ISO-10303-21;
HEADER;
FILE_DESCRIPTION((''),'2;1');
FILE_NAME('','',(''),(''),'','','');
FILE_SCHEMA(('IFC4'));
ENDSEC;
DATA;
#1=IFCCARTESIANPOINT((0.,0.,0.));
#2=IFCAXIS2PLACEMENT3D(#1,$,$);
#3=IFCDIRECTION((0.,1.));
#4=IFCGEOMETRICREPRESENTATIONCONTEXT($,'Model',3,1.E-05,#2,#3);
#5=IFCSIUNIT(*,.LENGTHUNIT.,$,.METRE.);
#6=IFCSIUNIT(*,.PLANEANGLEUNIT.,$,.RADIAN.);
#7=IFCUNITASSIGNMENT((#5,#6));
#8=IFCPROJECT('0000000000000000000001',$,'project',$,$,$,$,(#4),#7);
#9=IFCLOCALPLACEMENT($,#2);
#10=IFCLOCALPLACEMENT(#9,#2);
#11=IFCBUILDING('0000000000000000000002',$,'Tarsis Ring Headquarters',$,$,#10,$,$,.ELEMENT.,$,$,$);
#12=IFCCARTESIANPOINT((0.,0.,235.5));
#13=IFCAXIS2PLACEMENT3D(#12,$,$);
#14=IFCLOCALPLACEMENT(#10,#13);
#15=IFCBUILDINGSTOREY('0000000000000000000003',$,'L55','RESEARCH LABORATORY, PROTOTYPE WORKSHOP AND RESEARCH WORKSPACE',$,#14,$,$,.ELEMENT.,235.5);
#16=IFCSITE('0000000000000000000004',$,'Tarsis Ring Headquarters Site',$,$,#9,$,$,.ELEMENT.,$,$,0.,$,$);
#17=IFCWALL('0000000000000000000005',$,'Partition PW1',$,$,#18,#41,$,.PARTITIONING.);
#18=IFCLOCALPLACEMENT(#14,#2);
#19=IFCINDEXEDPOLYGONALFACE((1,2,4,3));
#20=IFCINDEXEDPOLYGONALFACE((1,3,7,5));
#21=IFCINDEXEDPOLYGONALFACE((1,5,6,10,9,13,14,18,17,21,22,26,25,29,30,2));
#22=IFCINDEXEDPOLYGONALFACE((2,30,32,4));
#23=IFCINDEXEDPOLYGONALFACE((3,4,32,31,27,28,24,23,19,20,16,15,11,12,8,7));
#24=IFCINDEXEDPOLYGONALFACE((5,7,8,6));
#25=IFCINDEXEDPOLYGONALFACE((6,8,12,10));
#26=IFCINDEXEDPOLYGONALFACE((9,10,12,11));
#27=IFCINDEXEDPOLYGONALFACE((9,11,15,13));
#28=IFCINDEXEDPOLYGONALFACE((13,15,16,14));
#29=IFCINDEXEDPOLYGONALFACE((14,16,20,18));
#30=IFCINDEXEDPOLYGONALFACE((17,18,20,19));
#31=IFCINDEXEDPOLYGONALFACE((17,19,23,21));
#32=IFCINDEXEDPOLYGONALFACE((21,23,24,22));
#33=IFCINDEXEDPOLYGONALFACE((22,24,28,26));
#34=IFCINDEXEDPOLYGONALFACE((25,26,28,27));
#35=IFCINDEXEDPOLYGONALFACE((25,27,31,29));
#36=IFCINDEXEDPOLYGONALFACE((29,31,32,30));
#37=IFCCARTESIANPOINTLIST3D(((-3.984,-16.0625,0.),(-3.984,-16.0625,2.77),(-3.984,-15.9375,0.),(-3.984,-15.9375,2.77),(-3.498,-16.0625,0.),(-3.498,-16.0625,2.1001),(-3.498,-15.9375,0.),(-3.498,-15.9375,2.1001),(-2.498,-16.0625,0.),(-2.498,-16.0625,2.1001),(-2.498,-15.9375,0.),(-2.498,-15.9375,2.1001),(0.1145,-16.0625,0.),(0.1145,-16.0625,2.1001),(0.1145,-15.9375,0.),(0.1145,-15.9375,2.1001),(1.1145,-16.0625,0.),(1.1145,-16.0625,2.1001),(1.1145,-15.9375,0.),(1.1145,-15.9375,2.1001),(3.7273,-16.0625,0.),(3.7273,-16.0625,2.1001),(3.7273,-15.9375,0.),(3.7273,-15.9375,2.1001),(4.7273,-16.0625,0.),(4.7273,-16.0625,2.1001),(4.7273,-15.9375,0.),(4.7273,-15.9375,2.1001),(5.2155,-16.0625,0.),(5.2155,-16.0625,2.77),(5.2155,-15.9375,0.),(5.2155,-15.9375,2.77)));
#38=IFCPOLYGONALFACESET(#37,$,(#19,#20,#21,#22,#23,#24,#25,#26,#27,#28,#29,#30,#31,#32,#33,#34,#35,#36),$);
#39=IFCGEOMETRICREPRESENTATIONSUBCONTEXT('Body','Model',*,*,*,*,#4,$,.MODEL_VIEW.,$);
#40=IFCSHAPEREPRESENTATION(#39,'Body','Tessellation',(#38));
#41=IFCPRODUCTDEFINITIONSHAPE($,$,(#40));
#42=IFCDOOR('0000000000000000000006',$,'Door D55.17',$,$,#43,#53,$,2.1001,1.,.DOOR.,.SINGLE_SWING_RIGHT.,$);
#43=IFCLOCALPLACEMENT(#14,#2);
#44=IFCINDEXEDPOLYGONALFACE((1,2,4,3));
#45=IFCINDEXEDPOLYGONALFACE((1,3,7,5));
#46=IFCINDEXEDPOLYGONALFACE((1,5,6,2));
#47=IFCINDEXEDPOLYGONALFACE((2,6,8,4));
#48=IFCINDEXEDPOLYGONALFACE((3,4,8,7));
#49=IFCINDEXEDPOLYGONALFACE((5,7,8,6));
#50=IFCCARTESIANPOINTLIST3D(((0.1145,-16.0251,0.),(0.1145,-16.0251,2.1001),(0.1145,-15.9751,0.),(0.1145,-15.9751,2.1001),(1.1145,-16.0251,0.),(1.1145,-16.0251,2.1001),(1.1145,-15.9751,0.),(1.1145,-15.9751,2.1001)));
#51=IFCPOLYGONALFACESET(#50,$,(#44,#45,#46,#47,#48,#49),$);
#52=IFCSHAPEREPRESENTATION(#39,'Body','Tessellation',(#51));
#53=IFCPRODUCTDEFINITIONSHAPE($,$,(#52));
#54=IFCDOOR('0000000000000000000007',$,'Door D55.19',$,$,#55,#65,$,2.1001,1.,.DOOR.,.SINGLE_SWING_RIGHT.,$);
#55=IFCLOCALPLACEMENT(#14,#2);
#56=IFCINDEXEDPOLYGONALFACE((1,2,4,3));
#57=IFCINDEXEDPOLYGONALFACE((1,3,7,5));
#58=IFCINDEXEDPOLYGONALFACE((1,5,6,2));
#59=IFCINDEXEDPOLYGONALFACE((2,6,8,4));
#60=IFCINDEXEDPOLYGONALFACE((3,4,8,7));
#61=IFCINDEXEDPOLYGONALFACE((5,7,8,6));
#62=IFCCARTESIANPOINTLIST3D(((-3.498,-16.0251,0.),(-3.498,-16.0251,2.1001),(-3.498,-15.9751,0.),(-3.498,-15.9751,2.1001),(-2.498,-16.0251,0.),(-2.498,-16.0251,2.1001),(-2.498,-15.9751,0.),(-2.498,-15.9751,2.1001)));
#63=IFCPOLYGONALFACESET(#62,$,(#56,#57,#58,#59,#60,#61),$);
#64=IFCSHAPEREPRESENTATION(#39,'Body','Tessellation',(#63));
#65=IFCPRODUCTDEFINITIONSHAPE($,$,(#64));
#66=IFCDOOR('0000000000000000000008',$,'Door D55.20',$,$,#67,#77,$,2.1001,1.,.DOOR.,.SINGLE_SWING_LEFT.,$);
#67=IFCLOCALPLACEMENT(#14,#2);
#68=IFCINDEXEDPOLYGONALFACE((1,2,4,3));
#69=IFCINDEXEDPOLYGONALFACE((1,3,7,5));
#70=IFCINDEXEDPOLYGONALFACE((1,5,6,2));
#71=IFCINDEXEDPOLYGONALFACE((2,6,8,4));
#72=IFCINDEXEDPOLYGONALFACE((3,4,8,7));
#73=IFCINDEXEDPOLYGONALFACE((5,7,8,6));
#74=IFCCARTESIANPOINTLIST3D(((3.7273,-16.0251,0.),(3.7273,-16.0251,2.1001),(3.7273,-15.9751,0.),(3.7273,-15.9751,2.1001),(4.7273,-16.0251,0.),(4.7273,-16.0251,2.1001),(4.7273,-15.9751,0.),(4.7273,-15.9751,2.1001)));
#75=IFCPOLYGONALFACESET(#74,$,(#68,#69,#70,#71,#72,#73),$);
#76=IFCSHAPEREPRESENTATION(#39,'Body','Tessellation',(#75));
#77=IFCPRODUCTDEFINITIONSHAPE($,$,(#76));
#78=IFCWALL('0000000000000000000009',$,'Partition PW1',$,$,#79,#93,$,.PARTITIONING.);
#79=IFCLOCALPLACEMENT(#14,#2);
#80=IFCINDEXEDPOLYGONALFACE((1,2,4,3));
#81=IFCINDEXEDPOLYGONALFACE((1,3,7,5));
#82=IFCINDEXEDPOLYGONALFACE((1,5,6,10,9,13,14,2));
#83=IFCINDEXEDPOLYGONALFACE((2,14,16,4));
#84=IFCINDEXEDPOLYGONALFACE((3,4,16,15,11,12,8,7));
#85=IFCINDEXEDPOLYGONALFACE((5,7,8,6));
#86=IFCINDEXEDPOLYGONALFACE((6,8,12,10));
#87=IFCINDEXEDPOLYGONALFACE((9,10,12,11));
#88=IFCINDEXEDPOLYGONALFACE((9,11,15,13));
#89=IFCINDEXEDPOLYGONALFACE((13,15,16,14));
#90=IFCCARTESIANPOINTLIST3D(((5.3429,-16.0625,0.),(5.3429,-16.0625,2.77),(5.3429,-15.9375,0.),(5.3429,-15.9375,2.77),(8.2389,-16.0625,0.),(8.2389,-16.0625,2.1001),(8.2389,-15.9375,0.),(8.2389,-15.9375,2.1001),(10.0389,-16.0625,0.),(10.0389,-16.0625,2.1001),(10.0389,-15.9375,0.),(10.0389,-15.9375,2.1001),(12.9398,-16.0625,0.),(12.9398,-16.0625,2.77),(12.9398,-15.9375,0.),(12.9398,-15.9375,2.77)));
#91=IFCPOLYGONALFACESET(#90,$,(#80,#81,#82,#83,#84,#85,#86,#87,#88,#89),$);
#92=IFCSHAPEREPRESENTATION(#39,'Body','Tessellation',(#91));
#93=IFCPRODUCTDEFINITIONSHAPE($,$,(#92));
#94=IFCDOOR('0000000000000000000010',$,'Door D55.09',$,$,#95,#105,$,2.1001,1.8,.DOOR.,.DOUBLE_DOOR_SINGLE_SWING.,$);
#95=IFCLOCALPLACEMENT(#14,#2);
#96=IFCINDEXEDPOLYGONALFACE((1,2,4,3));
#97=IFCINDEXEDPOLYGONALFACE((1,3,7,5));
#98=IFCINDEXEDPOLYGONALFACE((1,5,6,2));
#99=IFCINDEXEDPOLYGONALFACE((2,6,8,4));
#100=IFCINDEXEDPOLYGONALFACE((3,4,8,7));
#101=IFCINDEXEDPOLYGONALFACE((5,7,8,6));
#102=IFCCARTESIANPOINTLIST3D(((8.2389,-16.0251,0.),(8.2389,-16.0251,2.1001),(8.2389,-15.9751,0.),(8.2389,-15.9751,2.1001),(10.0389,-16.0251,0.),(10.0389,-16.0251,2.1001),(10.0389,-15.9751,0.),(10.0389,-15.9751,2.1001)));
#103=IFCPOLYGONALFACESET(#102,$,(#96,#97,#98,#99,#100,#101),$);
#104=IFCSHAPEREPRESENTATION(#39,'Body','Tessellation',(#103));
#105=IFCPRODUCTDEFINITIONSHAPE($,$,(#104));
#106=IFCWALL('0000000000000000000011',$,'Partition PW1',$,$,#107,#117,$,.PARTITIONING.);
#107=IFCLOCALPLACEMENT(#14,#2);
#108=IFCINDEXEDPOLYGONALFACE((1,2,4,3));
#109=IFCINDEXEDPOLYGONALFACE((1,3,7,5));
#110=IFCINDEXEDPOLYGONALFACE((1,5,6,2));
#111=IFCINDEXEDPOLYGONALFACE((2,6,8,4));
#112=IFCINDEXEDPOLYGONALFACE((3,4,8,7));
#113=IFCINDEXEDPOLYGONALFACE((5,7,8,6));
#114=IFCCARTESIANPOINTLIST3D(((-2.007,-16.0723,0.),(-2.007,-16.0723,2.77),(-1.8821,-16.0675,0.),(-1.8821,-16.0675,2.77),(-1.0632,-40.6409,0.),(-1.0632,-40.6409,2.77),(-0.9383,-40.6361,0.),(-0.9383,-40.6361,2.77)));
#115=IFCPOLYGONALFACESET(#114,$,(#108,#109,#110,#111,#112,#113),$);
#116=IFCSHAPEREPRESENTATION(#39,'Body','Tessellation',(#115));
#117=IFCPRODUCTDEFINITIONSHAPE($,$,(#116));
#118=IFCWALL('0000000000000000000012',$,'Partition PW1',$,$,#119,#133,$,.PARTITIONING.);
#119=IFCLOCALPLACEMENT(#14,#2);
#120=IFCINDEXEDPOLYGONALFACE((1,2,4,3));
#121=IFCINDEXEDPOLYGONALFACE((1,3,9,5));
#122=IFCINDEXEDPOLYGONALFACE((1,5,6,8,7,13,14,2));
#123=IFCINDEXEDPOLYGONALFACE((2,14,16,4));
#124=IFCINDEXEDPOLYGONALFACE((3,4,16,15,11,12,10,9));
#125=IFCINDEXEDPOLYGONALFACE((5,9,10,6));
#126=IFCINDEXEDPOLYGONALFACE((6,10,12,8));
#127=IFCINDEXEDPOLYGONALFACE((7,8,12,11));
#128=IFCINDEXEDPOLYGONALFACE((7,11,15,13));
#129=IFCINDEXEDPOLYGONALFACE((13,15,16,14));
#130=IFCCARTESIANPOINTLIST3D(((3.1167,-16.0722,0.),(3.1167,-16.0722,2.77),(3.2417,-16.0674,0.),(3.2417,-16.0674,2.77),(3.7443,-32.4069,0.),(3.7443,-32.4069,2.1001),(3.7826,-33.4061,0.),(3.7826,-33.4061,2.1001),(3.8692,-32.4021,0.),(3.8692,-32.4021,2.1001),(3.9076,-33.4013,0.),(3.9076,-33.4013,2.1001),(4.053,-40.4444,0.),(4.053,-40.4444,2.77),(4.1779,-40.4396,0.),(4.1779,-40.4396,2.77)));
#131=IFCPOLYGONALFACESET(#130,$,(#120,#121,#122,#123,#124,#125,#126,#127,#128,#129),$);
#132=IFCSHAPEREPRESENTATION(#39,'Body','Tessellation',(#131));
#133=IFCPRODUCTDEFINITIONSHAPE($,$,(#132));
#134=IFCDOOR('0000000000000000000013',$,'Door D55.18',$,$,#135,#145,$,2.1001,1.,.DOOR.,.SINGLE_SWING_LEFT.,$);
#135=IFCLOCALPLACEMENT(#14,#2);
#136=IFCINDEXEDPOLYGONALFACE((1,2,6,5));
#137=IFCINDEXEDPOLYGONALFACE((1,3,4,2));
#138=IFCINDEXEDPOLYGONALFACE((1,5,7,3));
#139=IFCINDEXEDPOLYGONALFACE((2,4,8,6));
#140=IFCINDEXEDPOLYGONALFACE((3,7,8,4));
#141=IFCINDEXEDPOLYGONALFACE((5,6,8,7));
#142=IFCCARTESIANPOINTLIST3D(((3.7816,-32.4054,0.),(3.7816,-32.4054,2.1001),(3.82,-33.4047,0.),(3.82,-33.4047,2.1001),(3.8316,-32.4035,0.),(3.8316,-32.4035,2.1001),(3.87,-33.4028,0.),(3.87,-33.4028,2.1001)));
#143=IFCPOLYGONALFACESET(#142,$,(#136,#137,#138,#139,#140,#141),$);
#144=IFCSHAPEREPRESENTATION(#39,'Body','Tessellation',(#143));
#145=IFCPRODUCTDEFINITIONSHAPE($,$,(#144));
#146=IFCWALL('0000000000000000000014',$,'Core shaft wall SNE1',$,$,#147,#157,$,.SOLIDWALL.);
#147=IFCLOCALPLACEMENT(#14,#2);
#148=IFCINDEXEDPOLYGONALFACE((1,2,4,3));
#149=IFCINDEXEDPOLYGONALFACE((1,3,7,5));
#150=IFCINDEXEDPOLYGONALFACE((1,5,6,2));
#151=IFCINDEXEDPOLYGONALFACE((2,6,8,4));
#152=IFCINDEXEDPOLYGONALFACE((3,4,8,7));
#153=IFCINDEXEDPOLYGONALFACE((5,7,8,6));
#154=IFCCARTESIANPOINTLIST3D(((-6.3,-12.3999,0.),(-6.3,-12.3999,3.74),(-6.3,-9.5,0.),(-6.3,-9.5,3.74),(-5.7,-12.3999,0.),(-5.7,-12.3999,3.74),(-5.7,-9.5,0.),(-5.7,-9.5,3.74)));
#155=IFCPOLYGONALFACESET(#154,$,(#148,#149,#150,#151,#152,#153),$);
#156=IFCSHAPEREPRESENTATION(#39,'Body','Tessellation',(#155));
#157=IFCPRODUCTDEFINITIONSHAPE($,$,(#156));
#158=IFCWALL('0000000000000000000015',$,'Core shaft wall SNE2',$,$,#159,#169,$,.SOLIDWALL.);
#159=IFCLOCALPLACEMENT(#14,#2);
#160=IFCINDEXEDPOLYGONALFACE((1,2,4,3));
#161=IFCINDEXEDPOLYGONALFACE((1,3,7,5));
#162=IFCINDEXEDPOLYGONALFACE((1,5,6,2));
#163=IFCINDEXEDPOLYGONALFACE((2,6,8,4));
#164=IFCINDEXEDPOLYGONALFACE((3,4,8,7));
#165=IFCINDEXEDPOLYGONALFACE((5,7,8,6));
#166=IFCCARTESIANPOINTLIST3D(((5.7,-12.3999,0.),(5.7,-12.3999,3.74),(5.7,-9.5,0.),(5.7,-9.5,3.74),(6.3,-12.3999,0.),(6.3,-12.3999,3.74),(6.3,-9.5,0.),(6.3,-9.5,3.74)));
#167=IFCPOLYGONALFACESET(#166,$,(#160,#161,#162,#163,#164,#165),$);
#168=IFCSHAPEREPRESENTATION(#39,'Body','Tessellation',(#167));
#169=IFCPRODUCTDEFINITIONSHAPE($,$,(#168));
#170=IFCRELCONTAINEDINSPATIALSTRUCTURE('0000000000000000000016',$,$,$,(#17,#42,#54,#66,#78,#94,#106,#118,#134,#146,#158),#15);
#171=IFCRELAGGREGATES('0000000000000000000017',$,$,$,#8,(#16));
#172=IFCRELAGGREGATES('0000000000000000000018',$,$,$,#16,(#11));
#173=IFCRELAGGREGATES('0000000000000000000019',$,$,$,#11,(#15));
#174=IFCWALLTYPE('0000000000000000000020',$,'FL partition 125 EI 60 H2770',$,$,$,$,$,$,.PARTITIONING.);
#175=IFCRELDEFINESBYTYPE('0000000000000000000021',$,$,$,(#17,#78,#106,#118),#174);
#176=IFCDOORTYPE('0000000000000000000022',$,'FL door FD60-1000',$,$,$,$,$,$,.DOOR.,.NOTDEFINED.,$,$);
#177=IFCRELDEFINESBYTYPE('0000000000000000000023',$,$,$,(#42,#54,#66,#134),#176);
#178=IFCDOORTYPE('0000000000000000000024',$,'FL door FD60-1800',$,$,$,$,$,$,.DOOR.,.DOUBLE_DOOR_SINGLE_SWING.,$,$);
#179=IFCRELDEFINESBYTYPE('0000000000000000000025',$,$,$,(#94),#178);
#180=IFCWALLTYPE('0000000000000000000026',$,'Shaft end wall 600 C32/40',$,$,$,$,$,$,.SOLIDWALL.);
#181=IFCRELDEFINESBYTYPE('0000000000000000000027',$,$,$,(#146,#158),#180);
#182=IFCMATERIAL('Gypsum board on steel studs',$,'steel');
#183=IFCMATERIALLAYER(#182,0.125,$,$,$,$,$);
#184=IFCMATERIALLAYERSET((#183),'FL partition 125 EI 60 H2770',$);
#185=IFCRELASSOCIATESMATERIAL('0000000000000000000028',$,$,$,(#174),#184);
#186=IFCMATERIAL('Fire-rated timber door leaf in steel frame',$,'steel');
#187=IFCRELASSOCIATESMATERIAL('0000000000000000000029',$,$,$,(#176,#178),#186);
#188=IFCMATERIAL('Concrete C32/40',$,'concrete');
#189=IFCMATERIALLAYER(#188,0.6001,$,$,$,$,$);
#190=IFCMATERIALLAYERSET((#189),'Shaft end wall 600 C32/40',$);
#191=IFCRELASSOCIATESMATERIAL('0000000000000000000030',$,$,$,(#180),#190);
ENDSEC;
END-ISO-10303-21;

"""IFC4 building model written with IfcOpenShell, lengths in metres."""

from ifc_helpers import new_model, si_unit, direction, frame, frame_2d, origin, place, context, subcontext, project, spatial, rectangle, extrude, material, layer, layer_set, type_object, element, fill, save


model = new_model("IFC4")

# Units and contexts
model_context = context("Model", 3, precision=1e-05, world=origin(), true_north=direction((0.0, 1.0)))
body_context = subcontext(model_context, "Body", "Model", "MODEL_VIEW")
ifc_project = project(units=[si_unit("LENGTHUNIT", "METRE"), si_unit("PLANEANGLEUNIT", "RADIAN")], contexts=[model_context])

# Site, building, storey
site_placement = place(None, origin())
site = spatial("IfcSite", under=ifc_project, at=site_placement, Name="Tarsis Ring Headquarters Site", CompositionType="ELEMENT", RefElevation=0.0)
building_placement = place(site_placement, origin())
building = spatial("IfcBuilding", under=site, at=building_placement, Name="Tarsis Ring Headquarters", CompositionType="ELEMENT")
storey_placement = place(building_placement, frame((0.0, 0.0, 235.5)))
storey = spatial("IfcBuildingStorey", under=building, at=storey_placement, Name="L55", Description="RESEARCH LABORATORY, PROTOTYPE WORKSHOP AND RESEARCH WORKSPACE", CompositionType="ELEMENT", Elevation=235.5)

# Shared definitions
ifc_material_1 = material(Name="Gypsum board on steel studs", Category="steel")
ifc_layer_1 = layer(ifc_material_1, 0.125)
ifc_layer_set_1 = layer_set([ifc_layer_1], Name="FL partition 125 EI 60 H2770")
wall_type_1 = type_object("IfcWallType", Name="FL partition 125 EI 60 H2770", PredefinedType="PARTITIONING", material=ifc_layer_set_1)
ifc_material_2 = material(Name="Fire-rated timber door leaf in steel frame", Category="steel")
door_type_1 = type_object("IfcDoorType", Name="FL door FD60-1000", OperationType="NOTDEFINED", PredefinedType="DOOR", material=ifc_material_2)
door_type_2 = type_object("IfcDoorType", Name="FL door FD60-1800", OperationType="DOUBLE_DOOR_SINGLE_SWING", PredefinedType="DOOR", material=ifc_material_2)

# Wall, openings, doors
wall_1_placement = place(storey_placement, frame((-3.9839, -16.0, 0.0), z_axis=(0.0, 0.0, 1.0), x_axis=(1.0, 0.0, 0.0)))
wall_1 = element("IfcWall", 1, at=wall_1_placement, inside=storey, type_object=wall_type_1, Name="Partition PW1", PredefinedType="PARTITIONING", context=body_context, shape_type="SweptSolid", body=[
    extrude(rectangle(XDim=9.1995, YDim=0.125, at=frame_2d((4.5996, 0.0))), origin(), (0.0, 0.0, 1.0), 2.77),
])
opening_1_placement = place(wall_1_placement, frame((4.0984, 0.0, 0.0)))
opening_1 = element("IfcOpeningElement", 2, at=opening_1_placement, cuts=wall_1, PredefinedType="OPENING", context=body_context, shape_type="SweptSolid", body=[
    extrude(rectangle(XDim=1.0, YDim=2.1001, at=frame_2d((0.5, 1.05))), frame((0.0, 0.0725, 0.0), z_axis=(0.0, -1.0, 0.0), x_axis=(1.0, 0.0, 0.0)), (0.0, 0.0, 1.0), 0.145),
])
opening_2_placement = place(wall_1_placement, frame((0.4858, 0.0, 0.0)))
opening_2 = element("IfcOpeningElement", 3, at=opening_2_placement, cuts=wall_1, PredefinedType="OPENING", context=body_context, shape_type="SweptSolid", body=[
    extrude(rectangle(XDim=1.0, YDim=2.1001, at=frame_2d((0.5, 1.05))), frame((0.0, 0.0725, 0.0), z_axis=(0.0, -1.0, 0.0), x_axis=(1.0, 0.0, 0.0)), (0.0, 0.0, 1.0), 0.145),
])
opening_3_placement = place(wall_1_placement, frame((7.7112, 0.0, 0.0)))
opening_3 = element("IfcOpeningElement", 4, at=opening_3_placement, cuts=wall_1, PredefinedType="OPENING", context=body_context, shape_type="SweptSolid", body=[
    extrude(rectangle(XDim=1.0, YDim=2.1001, at=frame_2d((0.5, 1.05))), frame((0.0, 0.0725, 0.0), z_axis=(0.0, -1.0, 0.0), x_axis=(1.0, 0.0, 0.0)), (0.0, 0.0, 1.0), 0.145),
])
door_1_placement = place(opening_1_placement, origin())
door_1 = element("IfcDoor", 5, at=door_1_placement, inside=storey, type_object=door_type_1, Name="Door D55.17", OperationType="SINGLE_SWING_RIGHT", OverallHeight=2.1001, OverallWidth=1.0, PredefinedType="DOOR", context=body_context, shape_type="SweptSolid", body=[
    extrude(rectangle(XDim=1.0, YDim=2.1001, at=frame_2d((0.5, 1.05))), frame((0.0, 0.0249, 0.0), z_axis=(0.0, -1.0, 0.0), x_axis=(1.0, 0.0, 0.0)), (0.0, 0.0, 1.0), 0.05),
])
fill(opening_1, door_1)
door_2_placement = place(opening_2_placement, origin())
door_2 = element("IfcDoor", 6, at=door_2_placement, inside=storey, type_object=door_type_1, Name="Door D55.19", OperationType="SINGLE_SWING_RIGHT", OverallHeight=2.1001, OverallWidth=1.0, PredefinedType="DOOR", context=body_context, shape_type="SweptSolid", body=[
    extrude(rectangle(XDim=1.0, YDim=2.1001, at=frame_2d((0.5, 1.05))), frame((0.0, 0.0249, 0.0), z_axis=(0.0, -1.0, 0.0), x_axis=(1.0, 0.0, 0.0)), (0.0, 0.0, 1.0), 0.05),
])
fill(opening_2, door_2)
door_3_placement = place(opening_3_placement, origin())
door_3 = element("IfcDoor", 7, at=door_3_placement, inside=storey, type_object=door_type_1, Name="Door D55.20", OperationType="SINGLE_SWING_LEFT", OverallHeight=2.1001, OverallWidth=1.0, PredefinedType="DOOR", context=body_context, shape_type="SweptSolid", body=[
    extrude(rectangle(XDim=1.0, YDim=2.1001, at=frame_2d((0.5, 1.05))), frame((0.0, 0.0249, 0.0), z_axis=(0.0, -1.0, 0.0), x_axis=(1.0, 0.0, 0.0)), (0.0, 0.0, 1.0), 0.05),
])
fill(opening_3, door_3)

# Wall, opening, door
wall_2_placement = place(storey_placement, frame((5.343, -16.0, 0.0), z_axis=(0.0, 0.0, 1.0), x_axis=(1.0, 0.0, 0.0)))
wall_2 = element("IfcWall", 8, at=wall_2_placement, inside=storey, type_object=wall_type_1, Name="Partition PW1", PredefinedType="PARTITIONING", context=body_context, shape_type="SweptSolid", body=[
    extrude(rectangle(XDim=7.5969, YDim=0.125, at=frame_2d((3.7983, 0.0))), origin(), (0.0, 0.0, 1.0), 2.77),
])
opening_4_placement = place(wall_2_placement, frame((2.896, 0.0, 0.0)))
opening_4 = element("IfcOpeningElement", 9, at=opening_4_placement, cuts=wall_2, PredefinedType="OPENING", context=body_context, shape_type="SweptSolid", body=[
    extrude(rectangle(XDim=1.8, YDim=2.1001, at=frame_2d((0.8999, 1.05))), frame((0.0, 0.0725, 0.0), z_axis=(0.0, -1.0, 0.0), x_axis=(1.0, 0.0, 0.0)), (0.0, 0.0, 1.0), 0.145),
])
door_4_placement = place(opening_4_placement, origin())
door_4 = element("IfcDoor", 10, at=door_4_placement, inside=storey, type_object=door_type_2, Name="Door D55.09", OperationType="DOUBLE_DOOR_SINGLE_SWING", OverallHeight=2.1001, OverallWidth=1.8, PredefinedType="DOOR", context=body_context, shape_type="SweptSolid", body=[
    extrude(rectangle(XDim=1.8, YDim=2.1001, at=frame_2d((0.8999, 1.05))), frame((0.0, 0.0249, 0.0), z_axis=(0.0, -1.0, 0.0), x_axis=(1.0, 0.0, 0.0)), (0.0, 0.0, 1.0), 0.05),
])
fill(opening_4, door_4)

# Wall
wall_3_placement = place(storey_placement, frame((-1.9446, -16.0698, 0.0), z_axis=(0.0, 0.0, 1.0), x_axis=(0.038389, -0.999263, 0.0)))
element("IfcWall", 11, at=wall_3_placement, inside=storey, type_object=wall_type_1, Name="Partition PW1", PredefinedType="PARTITIONING", context=body_context, shape_type="SweptSolid", body=[
    extrude(rectangle(XDim=24.5867, YDim=0.125, at=frame_2d((12.2935, 0.0))), origin(), (0.0, 0.0, 1.0), 2.77),
])

# Wall, opening, door
wall_4_placement = place(storey_placement, frame((3.1792, -16.0698, 0.0), z_axis=(0.0, 0.0, 1.0), x_axis=(0.038388, -0.999263, 0.0)))
wall_4 = element("IfcWall", 12, at=wall_4_placement, inside=storey, type_object=wall_type_1, Name="Partition PW1", PredefinedType="PARTITIONING", context=body_context, shape_type="SweptSolid", body=[
    extrude(rectangle(XDim=24.3901, YDim=0.125, at=frame_2d((12.1951, 0.0))), origin(), (0.0, 0.0, 1.0), 2.77),
])
opening_5_placement = place(wall_4_placement, frame((16.3467, 0.0, 0.0)))
opening_5 = element("IfcOpeningElement", 13, at=opening_5_placement, cuts=wall_4, PredefinedType="OPENING", context=body_context, shape_type="SweptSolid", body=[
    extrude(rectangle(XDim=1.0, YDim=2.1001, at=frame_2d((0.5, 1.05))), frame((0.0, 0.0725, 0.0), z_axis=(0.0, -1.0, 0.0), x_axis=(1.0, 0.0, 0.0)), (0.0, 0.0, 1.0), 0.145),
])
door_5_placement = place(opening_5_placement, origin())
door_5 = element("IfcDoor", 14, at=door_5_placement, inside=storey, type_object=door_type_1, Name="Door D55.18", OperationType="SINGLE_SWING_LEFT", OverallHeight=2.1001, OverallWidth=1.0, PredefinedType="DOOR", context=body_context, shape_type="SweptSolid", body=[
    extrude(rectangle(XDim=1.0, YDim=2.1001, at=frame_2d((0.5, 1.05))), frame((0.0, 0.0249, 0.0), z_axis=(0.0, -1.0, 0.0), x_axis=(1.0, 0.0, 0.0)), (0.0, 0.0, 1.0), 0.05),
])
fill(opening_5, door_5)

# Walls
ifc_material_3 = material(Name="Concrete C32/40", Category="concrete")
ifc_layer_2 = layer(ifc_material_3, 0.6001)
ifc_layer_set_2 = layer_set([ifc_layer_2], Name="Shaft end wall 600 C32/40")
wall_type_2 = type_object("IfcWallType", Name="Shaft end wall 600 C32/40", PredefinedType="SOLIDWALL", material=ifc_layer_set_2)
for number, where, z_axis, x_axis, name in (
    (15, (-6.0, -12.3999, 0.0), (0.0, 0.0, 1.0), (0.0, 1.0, 0.0), "Core shaft wall SNE1"),
    (16, (6.0, -12.3999, 0.0), (0.0, 0.0, 1.0), (0.0, 1.0, 0.0), "Core shaft wall SNE2"),
):
    element("IfcWall", number, at=place(storey_placement, frame(where, z_axis=z_axis, x_axis=x_axis)), inside=storey, type_object=wall_type_2, Name=name, PredefinedType="SOLIDWALL", context=body_context, shape_type="SweptSolid", body=[
        extrude(rectangle(XDim=2.8999, YDim=0.6001, at=frame_2d((1.45, 0.0))), origin(), (0.0, 0.0, 1.0), 3.74),
    ])

save(model, "model.ifc")
